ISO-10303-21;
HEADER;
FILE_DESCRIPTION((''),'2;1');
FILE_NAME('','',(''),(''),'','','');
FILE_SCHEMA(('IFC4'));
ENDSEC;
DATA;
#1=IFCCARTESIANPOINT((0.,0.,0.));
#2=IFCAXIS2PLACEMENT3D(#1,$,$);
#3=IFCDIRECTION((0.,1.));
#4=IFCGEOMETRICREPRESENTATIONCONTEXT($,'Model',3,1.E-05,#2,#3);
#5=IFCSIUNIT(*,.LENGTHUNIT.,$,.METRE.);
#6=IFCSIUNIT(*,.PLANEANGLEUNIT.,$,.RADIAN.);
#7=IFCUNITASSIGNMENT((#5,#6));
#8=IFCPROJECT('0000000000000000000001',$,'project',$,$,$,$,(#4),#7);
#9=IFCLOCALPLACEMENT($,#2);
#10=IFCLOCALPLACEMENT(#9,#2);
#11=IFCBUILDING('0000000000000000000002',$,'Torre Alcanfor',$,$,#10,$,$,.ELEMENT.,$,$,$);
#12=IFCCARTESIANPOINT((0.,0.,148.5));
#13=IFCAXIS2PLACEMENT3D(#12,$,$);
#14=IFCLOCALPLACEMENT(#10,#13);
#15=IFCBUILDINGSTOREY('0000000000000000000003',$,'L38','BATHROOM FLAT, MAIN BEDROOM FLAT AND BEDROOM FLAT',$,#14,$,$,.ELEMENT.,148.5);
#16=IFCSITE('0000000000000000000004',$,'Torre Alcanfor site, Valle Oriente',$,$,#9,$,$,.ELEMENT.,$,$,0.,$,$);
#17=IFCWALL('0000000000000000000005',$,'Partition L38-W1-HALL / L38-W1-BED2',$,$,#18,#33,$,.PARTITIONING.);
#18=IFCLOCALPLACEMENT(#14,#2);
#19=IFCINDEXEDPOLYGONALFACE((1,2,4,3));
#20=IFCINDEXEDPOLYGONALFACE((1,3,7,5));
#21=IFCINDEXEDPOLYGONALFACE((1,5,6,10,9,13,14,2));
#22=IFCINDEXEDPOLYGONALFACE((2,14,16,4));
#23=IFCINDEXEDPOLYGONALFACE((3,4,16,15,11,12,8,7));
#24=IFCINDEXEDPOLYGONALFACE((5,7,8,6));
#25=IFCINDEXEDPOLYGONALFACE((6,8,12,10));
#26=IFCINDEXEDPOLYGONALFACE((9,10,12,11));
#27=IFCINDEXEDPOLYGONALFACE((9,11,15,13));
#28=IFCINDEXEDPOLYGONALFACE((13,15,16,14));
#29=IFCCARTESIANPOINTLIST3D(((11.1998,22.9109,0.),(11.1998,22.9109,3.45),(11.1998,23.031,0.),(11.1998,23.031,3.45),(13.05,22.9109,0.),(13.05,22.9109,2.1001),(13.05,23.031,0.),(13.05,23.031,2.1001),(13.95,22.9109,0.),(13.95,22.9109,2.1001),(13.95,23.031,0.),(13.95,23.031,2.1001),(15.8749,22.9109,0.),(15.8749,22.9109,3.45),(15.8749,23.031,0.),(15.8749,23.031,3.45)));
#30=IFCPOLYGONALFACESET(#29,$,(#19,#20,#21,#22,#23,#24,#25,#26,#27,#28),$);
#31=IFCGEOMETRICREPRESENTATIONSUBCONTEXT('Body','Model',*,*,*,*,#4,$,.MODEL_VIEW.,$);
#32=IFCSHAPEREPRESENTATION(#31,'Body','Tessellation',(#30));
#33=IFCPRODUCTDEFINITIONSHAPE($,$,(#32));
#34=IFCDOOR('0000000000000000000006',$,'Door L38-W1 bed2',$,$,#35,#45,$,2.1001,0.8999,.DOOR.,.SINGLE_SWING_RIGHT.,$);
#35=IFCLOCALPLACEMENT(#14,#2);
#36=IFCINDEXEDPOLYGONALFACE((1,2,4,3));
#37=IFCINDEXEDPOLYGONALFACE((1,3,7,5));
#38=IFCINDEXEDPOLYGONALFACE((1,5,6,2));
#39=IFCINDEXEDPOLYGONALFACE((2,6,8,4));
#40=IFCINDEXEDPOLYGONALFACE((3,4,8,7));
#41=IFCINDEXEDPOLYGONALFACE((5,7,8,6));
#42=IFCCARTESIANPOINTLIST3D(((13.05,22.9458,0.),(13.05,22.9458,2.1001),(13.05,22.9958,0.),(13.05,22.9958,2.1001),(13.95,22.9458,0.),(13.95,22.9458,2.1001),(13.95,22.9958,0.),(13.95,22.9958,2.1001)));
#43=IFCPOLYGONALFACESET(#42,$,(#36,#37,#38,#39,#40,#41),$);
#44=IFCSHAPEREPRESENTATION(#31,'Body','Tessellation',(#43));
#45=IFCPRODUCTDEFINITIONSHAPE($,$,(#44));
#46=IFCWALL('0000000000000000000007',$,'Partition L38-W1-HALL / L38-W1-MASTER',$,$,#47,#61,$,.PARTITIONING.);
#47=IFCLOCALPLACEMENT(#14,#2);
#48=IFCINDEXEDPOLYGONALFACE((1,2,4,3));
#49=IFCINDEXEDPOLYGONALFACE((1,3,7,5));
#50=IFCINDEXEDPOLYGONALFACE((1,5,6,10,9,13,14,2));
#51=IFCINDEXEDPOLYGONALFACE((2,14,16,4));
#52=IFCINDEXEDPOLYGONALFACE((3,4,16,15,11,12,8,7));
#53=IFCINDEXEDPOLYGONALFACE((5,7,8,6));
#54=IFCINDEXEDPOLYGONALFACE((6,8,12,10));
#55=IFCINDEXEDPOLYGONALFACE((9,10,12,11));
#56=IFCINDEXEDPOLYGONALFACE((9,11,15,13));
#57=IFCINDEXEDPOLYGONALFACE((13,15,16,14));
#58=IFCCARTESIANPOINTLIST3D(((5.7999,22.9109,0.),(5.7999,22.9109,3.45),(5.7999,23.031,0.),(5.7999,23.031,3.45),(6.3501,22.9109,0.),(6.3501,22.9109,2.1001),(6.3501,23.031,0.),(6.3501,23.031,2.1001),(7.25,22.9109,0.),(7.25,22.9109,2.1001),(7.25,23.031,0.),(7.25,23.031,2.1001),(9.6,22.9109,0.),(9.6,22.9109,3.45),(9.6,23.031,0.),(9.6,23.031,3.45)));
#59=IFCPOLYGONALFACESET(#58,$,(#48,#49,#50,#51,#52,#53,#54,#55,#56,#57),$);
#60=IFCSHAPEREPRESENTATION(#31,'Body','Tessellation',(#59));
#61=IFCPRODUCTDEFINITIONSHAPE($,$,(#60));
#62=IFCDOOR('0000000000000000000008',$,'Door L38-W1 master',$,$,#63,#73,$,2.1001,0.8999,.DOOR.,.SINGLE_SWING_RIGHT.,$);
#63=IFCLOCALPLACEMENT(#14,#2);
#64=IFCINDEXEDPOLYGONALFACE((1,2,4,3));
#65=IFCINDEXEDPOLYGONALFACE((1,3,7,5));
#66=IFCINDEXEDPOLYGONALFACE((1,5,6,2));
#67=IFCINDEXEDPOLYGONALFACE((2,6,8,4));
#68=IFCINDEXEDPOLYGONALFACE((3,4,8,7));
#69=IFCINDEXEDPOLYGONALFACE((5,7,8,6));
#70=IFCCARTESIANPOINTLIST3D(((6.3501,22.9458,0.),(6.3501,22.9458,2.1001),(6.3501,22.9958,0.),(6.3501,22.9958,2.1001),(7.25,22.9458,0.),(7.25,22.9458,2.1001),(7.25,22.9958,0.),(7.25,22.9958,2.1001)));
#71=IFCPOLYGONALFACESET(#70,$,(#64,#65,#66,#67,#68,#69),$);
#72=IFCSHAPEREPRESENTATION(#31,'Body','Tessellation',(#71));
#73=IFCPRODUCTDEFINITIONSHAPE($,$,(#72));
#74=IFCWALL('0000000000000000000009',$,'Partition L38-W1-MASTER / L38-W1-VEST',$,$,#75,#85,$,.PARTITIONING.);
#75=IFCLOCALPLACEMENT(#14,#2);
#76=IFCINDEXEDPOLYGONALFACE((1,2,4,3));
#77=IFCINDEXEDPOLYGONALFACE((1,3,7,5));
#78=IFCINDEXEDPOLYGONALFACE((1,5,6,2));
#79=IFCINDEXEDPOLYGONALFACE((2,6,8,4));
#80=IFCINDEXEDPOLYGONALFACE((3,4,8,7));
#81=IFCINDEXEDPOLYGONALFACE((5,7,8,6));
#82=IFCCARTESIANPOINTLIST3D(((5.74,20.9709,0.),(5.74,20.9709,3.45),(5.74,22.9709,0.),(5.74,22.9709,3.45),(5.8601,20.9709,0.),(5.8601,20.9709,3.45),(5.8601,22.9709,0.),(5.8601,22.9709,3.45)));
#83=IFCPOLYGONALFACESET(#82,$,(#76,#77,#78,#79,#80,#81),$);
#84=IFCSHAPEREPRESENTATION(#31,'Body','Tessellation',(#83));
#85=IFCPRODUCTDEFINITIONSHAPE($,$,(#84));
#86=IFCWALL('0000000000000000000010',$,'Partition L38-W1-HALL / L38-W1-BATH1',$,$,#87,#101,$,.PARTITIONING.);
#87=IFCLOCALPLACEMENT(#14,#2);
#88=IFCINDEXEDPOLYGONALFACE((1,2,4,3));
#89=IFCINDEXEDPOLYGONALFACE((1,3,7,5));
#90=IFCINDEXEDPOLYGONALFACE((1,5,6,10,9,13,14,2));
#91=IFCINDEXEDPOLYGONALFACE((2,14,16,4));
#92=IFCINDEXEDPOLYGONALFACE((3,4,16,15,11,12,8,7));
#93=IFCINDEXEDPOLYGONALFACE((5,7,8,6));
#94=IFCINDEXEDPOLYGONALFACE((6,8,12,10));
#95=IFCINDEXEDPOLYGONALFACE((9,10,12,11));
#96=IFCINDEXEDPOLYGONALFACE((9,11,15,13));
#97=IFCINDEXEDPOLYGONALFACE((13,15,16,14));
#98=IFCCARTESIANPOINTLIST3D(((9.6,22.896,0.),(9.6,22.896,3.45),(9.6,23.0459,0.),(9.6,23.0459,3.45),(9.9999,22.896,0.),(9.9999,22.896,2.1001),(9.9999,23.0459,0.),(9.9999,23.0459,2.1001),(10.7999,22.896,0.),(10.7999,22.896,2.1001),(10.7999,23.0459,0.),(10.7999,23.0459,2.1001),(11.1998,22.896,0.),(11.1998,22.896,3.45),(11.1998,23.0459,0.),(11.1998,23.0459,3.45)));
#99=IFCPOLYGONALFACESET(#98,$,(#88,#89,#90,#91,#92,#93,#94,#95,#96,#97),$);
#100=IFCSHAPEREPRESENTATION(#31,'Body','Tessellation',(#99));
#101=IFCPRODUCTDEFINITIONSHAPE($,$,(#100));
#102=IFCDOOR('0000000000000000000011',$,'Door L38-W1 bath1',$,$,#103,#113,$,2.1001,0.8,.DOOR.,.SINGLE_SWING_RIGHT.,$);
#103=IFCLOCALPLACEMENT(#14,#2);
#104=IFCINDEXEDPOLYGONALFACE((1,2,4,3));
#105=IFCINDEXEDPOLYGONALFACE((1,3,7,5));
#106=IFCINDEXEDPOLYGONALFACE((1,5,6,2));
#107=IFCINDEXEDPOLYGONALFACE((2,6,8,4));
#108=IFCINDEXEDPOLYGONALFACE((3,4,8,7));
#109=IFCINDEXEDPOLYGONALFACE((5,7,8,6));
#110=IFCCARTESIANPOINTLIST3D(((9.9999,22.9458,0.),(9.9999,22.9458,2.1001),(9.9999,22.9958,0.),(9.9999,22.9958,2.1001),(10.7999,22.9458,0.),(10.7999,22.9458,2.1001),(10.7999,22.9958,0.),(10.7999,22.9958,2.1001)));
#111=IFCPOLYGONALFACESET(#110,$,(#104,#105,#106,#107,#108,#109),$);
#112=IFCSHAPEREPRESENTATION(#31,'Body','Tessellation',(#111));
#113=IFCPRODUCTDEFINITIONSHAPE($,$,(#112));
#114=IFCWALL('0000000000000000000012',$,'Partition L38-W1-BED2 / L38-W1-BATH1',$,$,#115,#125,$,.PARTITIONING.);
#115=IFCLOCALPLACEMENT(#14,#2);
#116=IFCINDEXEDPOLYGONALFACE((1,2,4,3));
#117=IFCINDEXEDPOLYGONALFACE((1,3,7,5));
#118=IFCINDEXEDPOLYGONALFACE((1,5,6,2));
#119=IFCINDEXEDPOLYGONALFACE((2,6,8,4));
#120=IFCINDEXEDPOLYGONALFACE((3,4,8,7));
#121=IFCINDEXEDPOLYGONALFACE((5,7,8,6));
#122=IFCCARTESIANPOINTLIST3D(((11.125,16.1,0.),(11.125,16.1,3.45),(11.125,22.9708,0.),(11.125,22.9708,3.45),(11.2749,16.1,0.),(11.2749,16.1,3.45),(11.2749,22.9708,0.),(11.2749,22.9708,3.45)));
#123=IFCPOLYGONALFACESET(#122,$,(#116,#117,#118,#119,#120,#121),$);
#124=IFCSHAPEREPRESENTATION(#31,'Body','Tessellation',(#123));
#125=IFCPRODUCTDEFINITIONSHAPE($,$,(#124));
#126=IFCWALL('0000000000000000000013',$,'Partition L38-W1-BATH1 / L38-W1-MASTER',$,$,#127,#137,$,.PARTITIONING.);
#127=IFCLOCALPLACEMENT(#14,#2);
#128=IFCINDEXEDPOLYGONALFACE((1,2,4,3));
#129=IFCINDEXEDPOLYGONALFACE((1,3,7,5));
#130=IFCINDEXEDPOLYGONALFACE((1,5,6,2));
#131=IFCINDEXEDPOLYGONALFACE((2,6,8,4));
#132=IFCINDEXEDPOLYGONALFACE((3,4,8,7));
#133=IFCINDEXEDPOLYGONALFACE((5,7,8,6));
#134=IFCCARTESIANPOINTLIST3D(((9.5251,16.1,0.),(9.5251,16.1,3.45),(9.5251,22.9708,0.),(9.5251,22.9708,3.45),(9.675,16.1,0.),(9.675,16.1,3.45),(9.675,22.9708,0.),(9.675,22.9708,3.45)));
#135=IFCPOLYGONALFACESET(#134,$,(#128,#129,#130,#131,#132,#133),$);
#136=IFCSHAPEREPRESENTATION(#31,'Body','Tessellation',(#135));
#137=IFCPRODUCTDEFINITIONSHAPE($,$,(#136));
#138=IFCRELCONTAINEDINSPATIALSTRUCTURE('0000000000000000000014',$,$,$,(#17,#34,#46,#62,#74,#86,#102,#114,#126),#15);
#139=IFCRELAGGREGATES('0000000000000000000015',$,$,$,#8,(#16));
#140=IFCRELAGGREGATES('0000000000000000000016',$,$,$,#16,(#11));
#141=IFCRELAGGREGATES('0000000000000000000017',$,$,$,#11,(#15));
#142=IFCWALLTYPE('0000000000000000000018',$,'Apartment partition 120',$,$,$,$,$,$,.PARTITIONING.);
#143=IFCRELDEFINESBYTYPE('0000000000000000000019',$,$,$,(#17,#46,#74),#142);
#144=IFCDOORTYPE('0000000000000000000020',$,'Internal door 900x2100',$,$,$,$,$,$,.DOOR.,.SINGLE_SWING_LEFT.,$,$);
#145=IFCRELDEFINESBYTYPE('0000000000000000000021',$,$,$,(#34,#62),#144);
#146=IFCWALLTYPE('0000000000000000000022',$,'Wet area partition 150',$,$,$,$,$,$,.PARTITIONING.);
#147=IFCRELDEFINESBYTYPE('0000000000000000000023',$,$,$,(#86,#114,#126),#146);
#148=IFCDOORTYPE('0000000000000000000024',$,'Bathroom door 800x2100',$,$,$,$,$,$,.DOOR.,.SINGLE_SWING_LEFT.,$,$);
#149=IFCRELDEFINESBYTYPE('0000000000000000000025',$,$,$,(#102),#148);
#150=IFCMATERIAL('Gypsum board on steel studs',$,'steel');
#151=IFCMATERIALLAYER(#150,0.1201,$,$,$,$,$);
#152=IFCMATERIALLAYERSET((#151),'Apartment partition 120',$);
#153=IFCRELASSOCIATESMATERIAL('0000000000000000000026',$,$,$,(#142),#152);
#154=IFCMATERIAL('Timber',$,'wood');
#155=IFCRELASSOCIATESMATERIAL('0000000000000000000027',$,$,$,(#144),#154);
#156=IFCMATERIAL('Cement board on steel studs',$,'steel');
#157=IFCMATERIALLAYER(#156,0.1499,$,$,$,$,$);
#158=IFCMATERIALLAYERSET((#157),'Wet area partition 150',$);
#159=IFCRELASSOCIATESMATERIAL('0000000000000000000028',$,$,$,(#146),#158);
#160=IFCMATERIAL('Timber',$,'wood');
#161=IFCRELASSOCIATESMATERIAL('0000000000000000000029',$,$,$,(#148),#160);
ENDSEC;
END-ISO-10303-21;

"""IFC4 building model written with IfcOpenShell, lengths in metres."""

from ifc_helpers import new_model, si_unit, direction, frame, frame_2d, origin, place, context, subcontext, project, spatial, rectangle, extrude, material, layer, layer_set, type_object, element, fill, save


model = new_model("IFC4")

# Units and contexts
model_context = context("Model", 3, precision=1e-05, world=origin(), true_north=direction((0.0, 1.0)))
body_context = subcontext(model_context, "Body", "Model", "MODEL_VIEW")
ifc_project = project(units=[si_unit("LENGTHUNIT", "METRE"), si_unit("PLANEANGLEUNIT", "RADIAN")], contexts=[model_context])

# Site, building, storey
site_placement = place(None, origin())
site = spatial("IfcSite", under=ifc_project, at=site_placement, Name="Torre Alcanfor site, Valle Oriente", CompositionType="ELEMENT", RefElevation=0.0)
building_placement = place(site_placement, origin())
building = spatial("IfcBuilding", under=site, at=building_placement, Name="Torre Alcanfor", CompositionType="ELEMENT")
storey_placement = place(building_placement, frame((0.0, 0.0, 148.5)))
storey = spatial("IfcBuildingStorey", under=building, at=storey_placement, Name="L38", Description="BATHROOM FLAT, MAIN BEDROOM FLAT AND BEDROOM FLAT", CompositionType="ELEMENT", Elevation=148.5)

# Shared definitions
ifc_material_1 = material(Name="Gypsum board on steel studs", Category="steel")
ifc_layer_1 = layer(ifc_material_1, 0.1201)
ifc_layer_set_1 = layer_set([ifc_layer_1], Name="Apartment partition 120")
wall_type_1 = type_object("IfcWallType", Name="Apartment partition 120", PredefinedType="PARTITIONING", material=ifc_layer_set_1)
ifc_material_2 = material(Name="Timber", Category="wood")
door_type_1 = type_object("IfcDoorType", Name="Internal door 900x2100", OperationType="SINGLE_SWING_LEFT", PredefinedType="DOOR", material=ifc_material_2)

# Walls, openings, doors
wall_1_placement = place(storey_placement, frame((11.2, 22.9709, 0.0), z_axis=(0.0, 0.0, 1.0), x_axis=(1.0, 0.0, 0.0)))
wall_1 = element("IfcWall", 1, at=wall_1_placement, inside=storey, type_object=wall_type_1, Name="Partition L38-W1-HALL / L38-W1-BED2", PredefinedType="PARTITIONING", context=body_context, shape_type="SweptSolid", body=[
    extrude(rectangle(XDim=4.675, YDim=0.1201, at=frame_2d((2.3374, 0.0))), origin(), (0.0, 0.0, 1.0), 3.45),
])
opening_1_placement = place(wall_1_placement, frame((1.8501, 0.0, 0.0)))
opening_1 = element("IfcOpeningElement", 2, at=opening_1_placement, cuts=wall_1, PredefinedType="OPENING", context=body_context, shape_type="SweptSolid", body=[
    extrude(rectangle(XDim=0.8999, YDim=2.1001, at=frame_2d((0.45, 1.05))), frame((0.0, 0.0701, 0.0), z_axis=(0.0, -1.0, 0.0), x_axis=(1.0, 0.0, 0.0)), (0.0, 0.0, 1.0), 0.1401),
])
door_1_placement = place(opening_1_placement, frame((0.8999, 0.0, 0.0), z_axis=(0.0, 0.0, 1.0), x_axis=(-1.0, 0.0, 0.0)))
door_1 = element("IfcDoor", 3, at=door_1_placement, inside=storey, type_object=door_type_1, Name="Door L38-W1 bed2", OperationType="SINGLE_SWING_RIGHT", OverallHeight=2.1001, OverallWidth=0.8999, PredefinedType="DOOR", context=body_context, shape_type="SweptSolid", body=[
    extrude(rectangle(XDim=0.8999, YDim=2.1001, at=frame_2d((0.45, 1.05))), frame((0.0, 0.0251, 0.0), z_axis=(0.0, -1.0, 0.0), x_axis=(1.0, 0.0, 0.0)), (0.0, 0.0, 1.0), 0.05),
])
fill(opening_1, door_1)
wall_2_placement = place(storey_placement, frame((5.8, 22.9709, 0.0), z_axis=(0.0, 0.0, 1.0), x_axis=(1.0, 0.0, 0.0)))
wall_2 = element("IfcWall", 4, at=wall_2_placement, inside=storey, type_object=wall_type_1, Name="Partition L38-W1-HALL / L38-W1-MASTER", PredefinedType="PARTITIONING", context=body_context, shape_type="SweptSolid", body=[
    extrude(rectangle(XDim=3.8, YDim=0.1201, at=frame_2d((1.8999, 0.0))), origin(), (0.0, 0.0, 1.0), 3.45),
])
opening_2_placement = place(wall_2_placement, frame((0.55, 0.0, 0.0)))
opening_2 = element("IfcOpeningElement", 5, at=opening_2_placement, cuts=wall_2, PredefinedType="OPENING", context=body_context, shape_type="SweptSolid", body=[
    extrude(rectangle(XDim=0.8999, YDim=2.1001, at=frame_2d((0.45, 1.05))), frame((0.0, 0.0701, 0.0), z_axis=(0.0, -1.0, 0.0), x_axis=(1.0, 0.0, 0.0)), (0.0, 0.0, 1.0), 0.1401),
])
door_2_placement = place(opening_2_placement, frame((0.8999, 0.0, 0.0), z_axis=(0.0, 0.0, 1.0), x_axis=(-1.0, 0.0, 0.0)))
door_2 = element("IfcDoor", 6, at=door_2_placement, inside=storey, type_object=door_type_1, Name="Door L38-W1 master", OperationType="SINGLE_SWING_RIGHT", OverallHeight=2.1001, OverallWidth=0.8999, PredefinedType="DOOR", context=body_context, shape_type="SweptSolid", body=[
    extrude(rectangle(XDim=0.8999, YDim=2.1001, at=frame_2d((0.45, 1.05))), frame((0.0, 0.0251, 0.0), z_axis=(0.0, -1.0, 0.0), x_axis=(1.0, 0.0, 0.0)), (0.0, 0.0, 1.0), 0.05),
])
fill(opening_2, door_2)

# Wall
wall_3_placement = place(storey_placement, frame((5.8, 20.9709, 0.0), z_axis=(0.0, 0.0, 1.0), x_axis=(0.0, 1.0, 0.0)))
element("IfcWall", 7, at=wall_3_placement, inside=storey, type_object=wall_type_1, Name="Partition L38-W1-MASTER / L38-W1-VEST", PredefinedType="PARTITIONING", context=body_context, shape_type="SweptSolid", body=[
    extrude(rectangle(XDim=2.0, YDim=0.1201, at=frame_2d((1.0, 0.0))), origin(), (0.0, 0.0, 1.0), 3.45),
])

# Wall, opening, door
ifc_material_3 = material(Name="Cement board on steel studs", Category="steel")
ifc_layer_2 = layer(ifc_material_3, 0.1499)
ifc_layer_set_2 = layer_set([ifc_layer_2], Name="Wet area partition 150")
wall_type_2 = type_object("IfcWallType", Name="Wet area partition 150", PredefinedType="PARTITIONING", material=ifc_layer_set_2)
wall_4_placement = place(storey_placement, frame((9.6001, 22.9709, 0.0), z_axis=(0.0, 0.0, 1.0), x_axis=(1.0, 0.0, 0.0)))
wall_4 = element("IfcWall", 8, at=wall_4_placement, inside=storey, type_object=wall_type_2, Name="Partition L38-W1-HALL / L38-W1-BATH1", PredefinedType="PARTITIONING", context=body_context, shape_type="SweptSolid", body=[
    extrude(rectangle(XDim=1.5999, YDim=0.1499, at=frame_2d((0.7998, 0.0))), origin(), (0.0, 0.0, 1.0), 3.45),
])
opening_3_placement = place(wall_4_placement, frame((0.3999, 0.0, 0.0)))
opening_3 = element("IfcOpeningElement", 9, at=opening_3_placement, cuts=wall_4, PredefinedType="OPENING", context=body_context, shape_type="SweptSolid", body=[
    extrude(rectangle(XDim=0.8, YDim=2.1001, at=frame_2d((0.3999, 1.05))), frame((0.0, 0.085, 0.0), z_axis=(0.0, -1.0, 0.0), x_axis=(1.0, 0.0, 0.0)), (0.0, 0.0, 1.0), 0.1699),
])
ifc_material_4 = material(Name="Timber", Category="wood")
door_type_2 = type_object("IfcDoorType", Name="Bathroom door 800x2100", OperationType="SINGLE_SWING_LEFT", PredefinedType="DOOR", material=ifc_material_4)
door_3_placement = place(opening_3_placement, frame((0.8, 0.0, 0.0), z_axis=(0.0, 0.0, 1.0), x_axis=(-1.0, 0.0, 0.0)))
door_3 = element("IfcDoor", 10, at=door_3_placement, inside=storey, type_object=door_type_2, Name="Door L38-W1 bath1", OperationType="SINGLE_SWING_RIGHT", OverallHeight=2.1001, OverallWidth=0.8, PredefinedType="DOOR", context=body_context, shape_type="SweptSolid", body=[
    extrude(rectangle(XDim=0.8, YDim=2.1001, at=frame_2d((0.4001, 1.05))), frame((0.0, 0.0251, 0.0), z_axis=(0.0, -1.0, 0.0), x_axis=(1.0, 0.0, 0.0)), (0.0, 0.0, 1.0), 0.05),
])
fill(opening_3, door_3)

# Walls
for number, where, z_axis, x_axis, name in (
    (11, (11.2, 22.9709, 0.0), (0.0, 0.0, 1.0), (0.0, -1.0, 0.0), "Partition L38-W1-BED2 / L38-W1-BATH1"),
    (12, (9.6001, 22.9709, 0.0), (0.0, 0.0, 1.0), (0.0, -1.0, 0.0), "Partition L38-W1-BATH1 / L38-W1-MASTER"),
):
    element("IfcWall", number, at=place(storey_placement, frame(where, z_axis=z_axis, x_axis=x_axis)), inside=storey, type_object=wall_type_2, Name=name, PredefinedType="PARTITIONING", context=body_context, shape_type="SweptSolid", body=[
        extrude(rectangle(XDim=6.8708, YDim=0.1499, at=frame_2d((3.4355, 0.0))), origin(), (0.0, 0.0, 1.0), 3.45),
    ])

save(model, "model.ifc")
